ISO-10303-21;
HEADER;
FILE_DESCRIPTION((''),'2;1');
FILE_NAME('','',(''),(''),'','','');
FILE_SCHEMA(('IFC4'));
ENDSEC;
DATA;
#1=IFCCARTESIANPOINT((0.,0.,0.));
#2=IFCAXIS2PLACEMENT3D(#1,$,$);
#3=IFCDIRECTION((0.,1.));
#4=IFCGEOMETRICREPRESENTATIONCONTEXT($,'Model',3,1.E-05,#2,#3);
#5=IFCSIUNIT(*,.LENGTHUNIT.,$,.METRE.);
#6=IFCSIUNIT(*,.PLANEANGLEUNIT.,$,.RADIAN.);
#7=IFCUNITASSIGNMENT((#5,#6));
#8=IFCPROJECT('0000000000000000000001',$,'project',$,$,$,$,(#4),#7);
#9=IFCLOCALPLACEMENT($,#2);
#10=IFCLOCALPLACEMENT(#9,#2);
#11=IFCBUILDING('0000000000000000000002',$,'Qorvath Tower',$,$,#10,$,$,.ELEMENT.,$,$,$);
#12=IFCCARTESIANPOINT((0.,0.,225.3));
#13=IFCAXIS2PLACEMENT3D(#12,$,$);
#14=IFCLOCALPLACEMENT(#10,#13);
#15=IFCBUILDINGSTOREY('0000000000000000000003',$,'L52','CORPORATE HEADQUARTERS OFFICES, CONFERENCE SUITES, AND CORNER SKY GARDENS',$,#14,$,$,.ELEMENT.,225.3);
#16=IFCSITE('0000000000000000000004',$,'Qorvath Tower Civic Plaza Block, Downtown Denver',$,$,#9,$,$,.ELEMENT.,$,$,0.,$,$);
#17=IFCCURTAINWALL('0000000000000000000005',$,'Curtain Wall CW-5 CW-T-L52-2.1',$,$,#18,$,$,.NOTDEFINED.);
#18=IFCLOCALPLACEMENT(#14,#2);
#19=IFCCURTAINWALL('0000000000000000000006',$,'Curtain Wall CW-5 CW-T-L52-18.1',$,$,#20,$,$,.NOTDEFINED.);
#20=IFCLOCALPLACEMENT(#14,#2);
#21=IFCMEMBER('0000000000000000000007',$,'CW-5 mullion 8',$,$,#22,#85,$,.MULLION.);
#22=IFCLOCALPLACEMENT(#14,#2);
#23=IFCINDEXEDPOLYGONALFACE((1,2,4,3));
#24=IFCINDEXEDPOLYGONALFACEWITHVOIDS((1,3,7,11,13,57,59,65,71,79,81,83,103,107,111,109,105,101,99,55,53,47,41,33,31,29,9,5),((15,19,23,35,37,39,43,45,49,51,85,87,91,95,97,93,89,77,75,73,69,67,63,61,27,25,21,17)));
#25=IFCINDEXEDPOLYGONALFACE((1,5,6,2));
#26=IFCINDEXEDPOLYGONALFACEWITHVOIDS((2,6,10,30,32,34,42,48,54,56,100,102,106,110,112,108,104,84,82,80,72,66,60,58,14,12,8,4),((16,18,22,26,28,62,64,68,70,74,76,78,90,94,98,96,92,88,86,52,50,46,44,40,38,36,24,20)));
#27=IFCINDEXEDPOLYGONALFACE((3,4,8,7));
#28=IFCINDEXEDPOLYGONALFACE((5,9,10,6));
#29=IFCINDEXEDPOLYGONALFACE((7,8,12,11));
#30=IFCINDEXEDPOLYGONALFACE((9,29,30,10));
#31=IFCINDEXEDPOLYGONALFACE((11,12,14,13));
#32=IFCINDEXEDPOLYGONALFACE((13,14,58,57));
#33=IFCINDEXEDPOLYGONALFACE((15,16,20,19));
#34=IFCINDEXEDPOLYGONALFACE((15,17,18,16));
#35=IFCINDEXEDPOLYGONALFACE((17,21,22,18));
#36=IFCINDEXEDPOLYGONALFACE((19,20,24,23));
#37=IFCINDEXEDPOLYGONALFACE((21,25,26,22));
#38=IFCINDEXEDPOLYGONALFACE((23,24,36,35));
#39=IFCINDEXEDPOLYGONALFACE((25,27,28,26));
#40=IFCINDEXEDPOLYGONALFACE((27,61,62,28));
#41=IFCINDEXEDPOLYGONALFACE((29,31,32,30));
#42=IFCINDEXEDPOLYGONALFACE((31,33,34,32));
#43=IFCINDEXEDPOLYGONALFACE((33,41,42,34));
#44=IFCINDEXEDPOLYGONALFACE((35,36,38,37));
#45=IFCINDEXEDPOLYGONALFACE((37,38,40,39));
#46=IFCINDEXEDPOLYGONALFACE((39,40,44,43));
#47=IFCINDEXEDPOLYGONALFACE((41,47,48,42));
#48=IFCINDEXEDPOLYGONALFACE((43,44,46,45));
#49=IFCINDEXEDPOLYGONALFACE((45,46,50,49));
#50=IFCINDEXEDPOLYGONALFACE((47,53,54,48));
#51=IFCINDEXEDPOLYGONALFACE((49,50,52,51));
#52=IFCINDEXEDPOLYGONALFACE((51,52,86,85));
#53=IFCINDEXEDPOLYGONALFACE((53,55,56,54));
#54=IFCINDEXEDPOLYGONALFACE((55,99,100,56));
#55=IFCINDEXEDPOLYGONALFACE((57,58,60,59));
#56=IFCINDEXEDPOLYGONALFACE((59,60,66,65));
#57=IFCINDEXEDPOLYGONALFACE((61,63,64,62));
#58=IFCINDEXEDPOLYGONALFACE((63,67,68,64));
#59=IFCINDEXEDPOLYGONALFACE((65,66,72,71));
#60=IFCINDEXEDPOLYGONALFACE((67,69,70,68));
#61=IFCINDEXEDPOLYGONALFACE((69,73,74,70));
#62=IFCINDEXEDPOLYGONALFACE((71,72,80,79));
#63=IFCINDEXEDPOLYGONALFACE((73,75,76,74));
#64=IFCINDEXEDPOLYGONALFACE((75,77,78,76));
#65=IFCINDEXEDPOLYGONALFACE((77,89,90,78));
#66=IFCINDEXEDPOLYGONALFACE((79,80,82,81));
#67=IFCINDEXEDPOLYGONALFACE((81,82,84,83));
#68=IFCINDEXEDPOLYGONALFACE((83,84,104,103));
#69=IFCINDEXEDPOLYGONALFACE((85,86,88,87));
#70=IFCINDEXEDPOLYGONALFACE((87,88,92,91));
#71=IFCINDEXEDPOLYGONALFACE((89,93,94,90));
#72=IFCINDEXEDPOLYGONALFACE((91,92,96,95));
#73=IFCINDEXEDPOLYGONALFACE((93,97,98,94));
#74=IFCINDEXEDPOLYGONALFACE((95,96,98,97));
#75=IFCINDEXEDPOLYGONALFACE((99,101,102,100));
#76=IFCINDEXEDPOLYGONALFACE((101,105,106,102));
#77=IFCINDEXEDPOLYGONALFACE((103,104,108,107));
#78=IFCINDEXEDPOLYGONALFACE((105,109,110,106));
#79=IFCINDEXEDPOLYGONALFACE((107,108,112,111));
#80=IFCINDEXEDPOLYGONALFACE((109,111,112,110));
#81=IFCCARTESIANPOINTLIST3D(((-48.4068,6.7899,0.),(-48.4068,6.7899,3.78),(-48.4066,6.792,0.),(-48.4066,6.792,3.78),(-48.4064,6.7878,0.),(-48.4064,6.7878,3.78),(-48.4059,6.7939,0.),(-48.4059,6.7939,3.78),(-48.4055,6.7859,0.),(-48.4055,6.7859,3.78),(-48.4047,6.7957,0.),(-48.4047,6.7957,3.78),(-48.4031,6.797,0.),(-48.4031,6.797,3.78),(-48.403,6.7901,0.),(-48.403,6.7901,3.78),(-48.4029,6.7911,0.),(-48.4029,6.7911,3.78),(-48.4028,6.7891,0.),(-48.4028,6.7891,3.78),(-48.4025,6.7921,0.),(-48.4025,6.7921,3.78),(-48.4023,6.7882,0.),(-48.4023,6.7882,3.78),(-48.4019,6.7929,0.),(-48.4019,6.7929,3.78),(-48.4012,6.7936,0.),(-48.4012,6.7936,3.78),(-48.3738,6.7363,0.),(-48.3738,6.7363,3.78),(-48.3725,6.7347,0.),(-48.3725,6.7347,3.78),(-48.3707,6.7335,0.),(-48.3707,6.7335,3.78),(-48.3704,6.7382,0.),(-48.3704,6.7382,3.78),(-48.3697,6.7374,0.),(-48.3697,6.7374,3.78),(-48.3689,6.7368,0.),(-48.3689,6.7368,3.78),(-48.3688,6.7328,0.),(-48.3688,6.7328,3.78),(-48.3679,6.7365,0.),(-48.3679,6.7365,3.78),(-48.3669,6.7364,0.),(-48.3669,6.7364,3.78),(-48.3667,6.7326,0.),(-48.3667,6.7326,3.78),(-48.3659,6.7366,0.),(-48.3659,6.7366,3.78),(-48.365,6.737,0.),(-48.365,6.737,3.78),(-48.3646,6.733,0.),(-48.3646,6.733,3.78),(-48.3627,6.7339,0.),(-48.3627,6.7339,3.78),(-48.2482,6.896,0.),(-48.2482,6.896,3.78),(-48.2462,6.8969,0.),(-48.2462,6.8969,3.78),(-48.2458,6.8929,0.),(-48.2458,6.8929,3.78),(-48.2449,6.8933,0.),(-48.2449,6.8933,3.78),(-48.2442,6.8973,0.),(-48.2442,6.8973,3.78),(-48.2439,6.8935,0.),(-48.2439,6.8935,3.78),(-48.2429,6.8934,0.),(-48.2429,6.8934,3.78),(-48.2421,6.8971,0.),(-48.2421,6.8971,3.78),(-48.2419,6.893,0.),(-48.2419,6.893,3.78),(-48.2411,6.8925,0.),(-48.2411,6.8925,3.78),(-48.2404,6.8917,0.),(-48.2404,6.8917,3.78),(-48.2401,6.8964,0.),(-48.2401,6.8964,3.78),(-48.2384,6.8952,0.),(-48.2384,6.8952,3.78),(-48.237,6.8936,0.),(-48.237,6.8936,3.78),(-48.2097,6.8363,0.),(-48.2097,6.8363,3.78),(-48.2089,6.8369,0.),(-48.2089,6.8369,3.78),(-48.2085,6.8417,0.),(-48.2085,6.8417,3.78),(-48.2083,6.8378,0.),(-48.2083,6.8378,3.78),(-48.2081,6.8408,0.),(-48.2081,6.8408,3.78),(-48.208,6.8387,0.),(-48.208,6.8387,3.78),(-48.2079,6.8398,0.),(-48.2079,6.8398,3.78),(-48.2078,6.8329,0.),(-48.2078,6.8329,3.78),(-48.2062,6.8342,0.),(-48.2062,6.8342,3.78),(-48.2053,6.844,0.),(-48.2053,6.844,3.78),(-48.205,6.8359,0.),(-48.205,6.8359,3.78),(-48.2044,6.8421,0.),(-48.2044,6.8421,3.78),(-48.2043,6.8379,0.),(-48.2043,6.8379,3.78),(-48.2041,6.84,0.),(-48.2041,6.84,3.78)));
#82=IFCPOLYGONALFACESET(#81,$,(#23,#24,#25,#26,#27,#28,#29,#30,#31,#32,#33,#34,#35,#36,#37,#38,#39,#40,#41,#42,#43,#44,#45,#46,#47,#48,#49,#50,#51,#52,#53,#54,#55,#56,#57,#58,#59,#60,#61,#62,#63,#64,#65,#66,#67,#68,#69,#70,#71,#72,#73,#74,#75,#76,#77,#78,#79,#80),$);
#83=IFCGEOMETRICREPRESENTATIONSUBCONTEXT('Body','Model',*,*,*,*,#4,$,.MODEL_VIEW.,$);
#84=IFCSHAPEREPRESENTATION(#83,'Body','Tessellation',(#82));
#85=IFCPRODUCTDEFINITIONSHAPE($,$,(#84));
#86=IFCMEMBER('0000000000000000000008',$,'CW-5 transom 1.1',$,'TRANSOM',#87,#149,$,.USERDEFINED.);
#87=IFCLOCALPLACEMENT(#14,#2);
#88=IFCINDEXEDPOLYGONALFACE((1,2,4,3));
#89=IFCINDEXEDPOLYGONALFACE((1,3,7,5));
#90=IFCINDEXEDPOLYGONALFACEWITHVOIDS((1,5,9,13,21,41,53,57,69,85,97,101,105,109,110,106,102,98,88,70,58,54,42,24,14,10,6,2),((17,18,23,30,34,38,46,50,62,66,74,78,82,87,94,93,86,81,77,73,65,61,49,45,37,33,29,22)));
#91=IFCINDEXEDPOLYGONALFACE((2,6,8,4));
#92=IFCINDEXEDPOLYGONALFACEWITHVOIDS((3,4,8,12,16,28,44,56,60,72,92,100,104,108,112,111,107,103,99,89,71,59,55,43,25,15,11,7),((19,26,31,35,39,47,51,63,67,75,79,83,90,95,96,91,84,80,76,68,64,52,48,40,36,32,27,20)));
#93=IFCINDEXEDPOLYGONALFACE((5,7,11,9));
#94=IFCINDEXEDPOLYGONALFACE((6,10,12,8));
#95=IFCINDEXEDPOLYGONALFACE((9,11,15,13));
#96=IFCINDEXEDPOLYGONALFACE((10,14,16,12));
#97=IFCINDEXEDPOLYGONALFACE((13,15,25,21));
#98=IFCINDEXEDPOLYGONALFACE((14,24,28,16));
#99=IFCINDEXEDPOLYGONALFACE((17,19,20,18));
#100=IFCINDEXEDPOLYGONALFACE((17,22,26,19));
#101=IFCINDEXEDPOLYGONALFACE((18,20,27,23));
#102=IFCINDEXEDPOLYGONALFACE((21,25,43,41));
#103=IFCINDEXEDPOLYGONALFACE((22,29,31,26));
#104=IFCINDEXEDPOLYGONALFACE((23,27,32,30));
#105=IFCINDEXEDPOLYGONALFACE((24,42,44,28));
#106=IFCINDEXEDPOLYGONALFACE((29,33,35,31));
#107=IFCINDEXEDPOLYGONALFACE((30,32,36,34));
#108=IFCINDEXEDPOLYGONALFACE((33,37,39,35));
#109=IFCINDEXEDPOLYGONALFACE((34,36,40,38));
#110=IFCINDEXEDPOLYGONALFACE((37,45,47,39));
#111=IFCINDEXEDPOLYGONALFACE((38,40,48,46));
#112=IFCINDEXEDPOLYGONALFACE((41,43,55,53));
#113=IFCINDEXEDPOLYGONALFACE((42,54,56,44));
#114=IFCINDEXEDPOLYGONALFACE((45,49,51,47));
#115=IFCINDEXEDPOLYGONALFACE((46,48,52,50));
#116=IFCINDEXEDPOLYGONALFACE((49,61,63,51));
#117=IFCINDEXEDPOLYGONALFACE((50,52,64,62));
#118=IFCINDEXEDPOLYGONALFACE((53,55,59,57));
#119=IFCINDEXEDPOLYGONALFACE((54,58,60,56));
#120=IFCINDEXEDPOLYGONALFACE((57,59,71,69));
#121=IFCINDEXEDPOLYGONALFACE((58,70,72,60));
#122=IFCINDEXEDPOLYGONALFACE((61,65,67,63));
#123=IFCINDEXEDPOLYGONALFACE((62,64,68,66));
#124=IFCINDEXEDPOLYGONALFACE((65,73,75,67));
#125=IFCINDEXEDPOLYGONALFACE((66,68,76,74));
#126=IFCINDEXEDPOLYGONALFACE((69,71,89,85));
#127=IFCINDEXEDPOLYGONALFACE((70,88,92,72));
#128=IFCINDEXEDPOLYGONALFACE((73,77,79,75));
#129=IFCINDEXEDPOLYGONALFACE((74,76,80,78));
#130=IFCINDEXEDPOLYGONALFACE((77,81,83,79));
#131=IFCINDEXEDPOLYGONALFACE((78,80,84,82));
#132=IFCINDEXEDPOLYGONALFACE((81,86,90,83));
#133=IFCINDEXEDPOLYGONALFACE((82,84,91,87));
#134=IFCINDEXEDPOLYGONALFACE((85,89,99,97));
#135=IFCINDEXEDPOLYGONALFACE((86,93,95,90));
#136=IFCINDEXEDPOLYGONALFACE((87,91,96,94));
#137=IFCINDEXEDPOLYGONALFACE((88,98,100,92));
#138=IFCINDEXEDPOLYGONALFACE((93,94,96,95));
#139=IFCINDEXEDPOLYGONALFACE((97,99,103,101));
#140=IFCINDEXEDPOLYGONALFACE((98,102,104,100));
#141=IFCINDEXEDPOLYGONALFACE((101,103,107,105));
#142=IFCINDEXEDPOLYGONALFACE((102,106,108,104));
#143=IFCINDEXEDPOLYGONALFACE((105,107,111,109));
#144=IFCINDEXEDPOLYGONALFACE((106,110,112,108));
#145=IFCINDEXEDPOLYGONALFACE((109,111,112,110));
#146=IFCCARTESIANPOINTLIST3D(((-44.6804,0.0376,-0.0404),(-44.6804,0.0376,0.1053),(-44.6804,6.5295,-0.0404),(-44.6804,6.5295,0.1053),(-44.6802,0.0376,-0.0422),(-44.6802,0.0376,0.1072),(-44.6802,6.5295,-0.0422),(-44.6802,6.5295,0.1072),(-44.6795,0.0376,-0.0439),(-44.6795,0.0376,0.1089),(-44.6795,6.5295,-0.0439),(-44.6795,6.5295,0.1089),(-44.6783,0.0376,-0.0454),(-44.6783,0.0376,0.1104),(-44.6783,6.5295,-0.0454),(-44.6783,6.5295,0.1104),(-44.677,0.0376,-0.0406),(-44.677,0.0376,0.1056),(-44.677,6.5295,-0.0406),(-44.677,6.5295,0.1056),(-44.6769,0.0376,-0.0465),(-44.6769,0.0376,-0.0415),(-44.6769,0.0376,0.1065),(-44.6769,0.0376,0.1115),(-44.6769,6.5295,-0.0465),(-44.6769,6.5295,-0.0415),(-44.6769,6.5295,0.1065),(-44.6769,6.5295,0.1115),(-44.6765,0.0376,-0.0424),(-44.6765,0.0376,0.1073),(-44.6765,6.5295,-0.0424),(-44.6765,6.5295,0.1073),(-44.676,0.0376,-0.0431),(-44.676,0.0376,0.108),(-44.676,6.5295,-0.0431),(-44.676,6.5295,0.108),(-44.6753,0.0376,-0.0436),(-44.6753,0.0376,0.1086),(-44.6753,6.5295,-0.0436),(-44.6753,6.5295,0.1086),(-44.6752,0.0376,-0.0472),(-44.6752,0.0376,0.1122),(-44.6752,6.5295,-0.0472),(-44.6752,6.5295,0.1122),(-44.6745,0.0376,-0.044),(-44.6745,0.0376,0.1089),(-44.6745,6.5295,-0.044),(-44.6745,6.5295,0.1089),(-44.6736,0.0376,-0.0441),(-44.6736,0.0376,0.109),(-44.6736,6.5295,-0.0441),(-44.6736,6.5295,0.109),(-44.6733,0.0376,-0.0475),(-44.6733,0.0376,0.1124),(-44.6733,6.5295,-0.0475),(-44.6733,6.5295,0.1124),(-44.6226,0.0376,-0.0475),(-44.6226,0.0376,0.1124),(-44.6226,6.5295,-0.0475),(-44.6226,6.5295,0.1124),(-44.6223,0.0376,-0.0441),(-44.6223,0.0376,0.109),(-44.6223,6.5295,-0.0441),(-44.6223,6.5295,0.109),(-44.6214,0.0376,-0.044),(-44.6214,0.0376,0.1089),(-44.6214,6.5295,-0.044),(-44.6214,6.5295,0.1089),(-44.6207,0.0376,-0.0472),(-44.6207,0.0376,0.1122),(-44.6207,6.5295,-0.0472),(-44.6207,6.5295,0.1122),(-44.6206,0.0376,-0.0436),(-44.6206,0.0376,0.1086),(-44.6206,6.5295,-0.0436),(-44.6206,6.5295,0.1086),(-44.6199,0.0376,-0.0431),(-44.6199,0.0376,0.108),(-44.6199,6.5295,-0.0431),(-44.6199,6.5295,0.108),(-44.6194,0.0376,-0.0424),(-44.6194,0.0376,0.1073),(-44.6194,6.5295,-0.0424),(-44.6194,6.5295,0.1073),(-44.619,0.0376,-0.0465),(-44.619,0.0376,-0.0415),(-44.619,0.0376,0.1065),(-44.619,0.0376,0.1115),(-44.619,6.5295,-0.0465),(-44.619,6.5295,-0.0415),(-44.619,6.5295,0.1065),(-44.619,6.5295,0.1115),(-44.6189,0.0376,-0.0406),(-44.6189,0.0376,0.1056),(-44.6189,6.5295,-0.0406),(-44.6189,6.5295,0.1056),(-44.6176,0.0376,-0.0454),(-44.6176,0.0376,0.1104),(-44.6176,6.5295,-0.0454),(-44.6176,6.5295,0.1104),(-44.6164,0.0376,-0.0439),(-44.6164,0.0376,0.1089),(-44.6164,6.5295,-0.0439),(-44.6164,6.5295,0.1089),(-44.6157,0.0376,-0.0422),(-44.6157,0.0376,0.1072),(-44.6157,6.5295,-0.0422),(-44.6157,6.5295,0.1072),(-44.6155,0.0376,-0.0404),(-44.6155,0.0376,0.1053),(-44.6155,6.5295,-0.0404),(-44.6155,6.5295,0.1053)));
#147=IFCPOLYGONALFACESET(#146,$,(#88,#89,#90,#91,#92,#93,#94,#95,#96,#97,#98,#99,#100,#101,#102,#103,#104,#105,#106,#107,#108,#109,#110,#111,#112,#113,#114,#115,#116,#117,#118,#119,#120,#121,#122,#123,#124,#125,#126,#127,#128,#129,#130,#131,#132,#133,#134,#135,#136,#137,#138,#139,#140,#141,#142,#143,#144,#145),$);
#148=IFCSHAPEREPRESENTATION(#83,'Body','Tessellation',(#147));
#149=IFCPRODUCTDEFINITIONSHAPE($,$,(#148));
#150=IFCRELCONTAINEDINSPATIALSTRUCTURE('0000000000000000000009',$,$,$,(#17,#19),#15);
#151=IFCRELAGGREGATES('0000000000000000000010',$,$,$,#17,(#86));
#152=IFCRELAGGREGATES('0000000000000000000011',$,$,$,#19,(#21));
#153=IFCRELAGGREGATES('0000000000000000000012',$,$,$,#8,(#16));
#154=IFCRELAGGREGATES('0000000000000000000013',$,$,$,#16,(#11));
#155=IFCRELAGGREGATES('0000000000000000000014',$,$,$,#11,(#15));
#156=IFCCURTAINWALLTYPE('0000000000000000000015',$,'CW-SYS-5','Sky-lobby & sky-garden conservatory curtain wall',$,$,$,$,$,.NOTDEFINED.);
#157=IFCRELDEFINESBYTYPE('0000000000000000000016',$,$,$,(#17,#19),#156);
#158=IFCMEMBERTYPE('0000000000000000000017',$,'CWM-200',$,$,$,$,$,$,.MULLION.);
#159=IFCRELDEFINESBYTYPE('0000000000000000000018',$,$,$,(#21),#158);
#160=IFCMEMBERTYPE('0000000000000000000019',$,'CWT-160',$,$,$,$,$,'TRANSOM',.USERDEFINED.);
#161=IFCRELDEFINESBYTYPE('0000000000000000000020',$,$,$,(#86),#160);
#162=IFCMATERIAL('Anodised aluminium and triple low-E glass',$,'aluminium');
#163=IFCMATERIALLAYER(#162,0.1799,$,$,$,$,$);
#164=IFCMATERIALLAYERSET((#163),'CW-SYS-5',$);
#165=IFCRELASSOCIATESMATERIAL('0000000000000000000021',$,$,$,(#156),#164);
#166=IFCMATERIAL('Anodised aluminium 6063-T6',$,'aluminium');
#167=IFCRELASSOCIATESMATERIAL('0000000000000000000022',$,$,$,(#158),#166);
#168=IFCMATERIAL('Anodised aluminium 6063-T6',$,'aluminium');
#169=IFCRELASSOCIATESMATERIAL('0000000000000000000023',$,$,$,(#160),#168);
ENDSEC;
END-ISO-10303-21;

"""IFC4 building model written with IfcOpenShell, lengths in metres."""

from ifc_helpers import new_model, si_unit, direction, frame, origin, origin_2d, place, context, subcontext, project, spatial, hollow_rectangle, extrude, material, layer, layer_set, material_profile, profile_set, type_object, element, aggregate, save


model = new_model("IFC4")

# Units and contexts
model_context = context("Model", 3, precision=1e-05, world=origin(), true_north=direction((0.0, 1.0)))
body_context = subcontext(model_context, "Body", "Model", "MODEL_VIEW")
ifc_project = project(units=[si_unit("LENGTHUNIT", "METRE"), si_unit("PLANEANGLEUNIT", "RADIAN")], contexts=[model_context])

# Site, building, storey
site_placement = place(None, origin())
site = spatial("IfcSite", under=ifc_project, at=site_placement, Name="Qorvath Tower Civic Plaza Block, Downtown Denver", CompositionType="ELEMENT", RefElevation=0.0)
building_placement = place(site_placement, origin())
building = spatial("IfcBuilding", under=site, at=building_placement, Name="Qorvath Tower", CompositionType="ELEMENT")
storey_placement = place(building_placement, frame((0.0, 0.0, 225.3)))
storey = spatial("IfcBuildingStorey", under=building, at=storey_placement, Name="L52", Description="CORPORATE HEADQUARTERS OFFICES, CONFERENCE SUITES, AND CORNER SKY GARDENS", CompositionType="ELEMENT", Elevation=225.3)

# Curtain walls, member
ifc_material_1 = material(Name="Anodised aluminium and triple low-E glass", Category="aluminium")
ifc_layer_1 = layer(ifc_material_1, 0.1799)
ifc_layer_set_1 = layer_set([ifc_layer_1], Name="CW-SYS-5")
curtain_wall_type = type_object("IfcCurtainWallType", Name="CW-SYS-5", Description="Sky-lobby & sky-garden conservatory curtain wall", PredefinedType="NOTDEFINED", material=ifc_layer_set_1)
curtain_wall_1_placement = place(storey_placement, origin())
curtain_wall_1 = element("IfcCurtainWall", 1, at=curtain_wall_1_placement, inside=storey, type_object=curtain_wall_type, Name="Curtain Wall CW-5 CW-T-L52-2.1", PredefinedType="NOTDEFINED")
ifc_material_2 = material(Name="Anodised aluminium 6063-T6", Category="aluminium")
ifc_material_profile_1 = material_profile(ifc_material_2, hollow_rectangle(XDim=0.075, YDim=0.2, WallThickness=0.0039, InnerFilletRadius=0.0039, OuterFilletRadius=0.0081, at=origin_2d()), Name="CWM 200x75")
ifc_profile_set_1 = profile_set([ifc_material_profile_1], Name="Anodised aluminium 6063-T6")
member_type_1 = type_object("IfcMemberType", Name="CWM-200", PredefinedType="MULLION", material=ifc_profile_set_1)
curtain_wall_2_placement = place(storey_placement, origin())
curtain_wall_2 = element("IfcCurtainWall", 2, at=curtain_wall_2_placement, inside=storey, type_object=curtain_wall_type, Name="Curtain Wall CW-5 CW-T-L52-18.1", PredefinedType="NOTDEFINED")
member_1_placement = place(storey_placement, frame((-48.3054, 6.8149, 0.0), z_axis=(0.0, 0.0, 1.0), x_axis=(0.538531, -0.842606, 0.0)))
member_1 = element("IfcMember", 3, at=member_1_placement, type_object=member_type_1, Name="CW-5 mullion 8", PredefinedType="MULLION", context=body_context, shape_type="SweptSolid", body=[
    extrude(hollow_rectangle(XDim=0.075, YDim=0.2, WallThickness=0.0039, InnerFilletRadius=0.0039, OuterFilletRadius=0.0081, at=origin_2d()), origin(), (0.0, 0.0, 1.0), 3.78),
])

# Member
ifc_material_3 = material(Name="Anodised aluminium 6063-T6", Category="aluminium")
ifc_material_profile_2 = material_profile(ifc_material_3, hollow_rectangle(XDim=0.0649, YDim=0.1599, WallThickness=0.0034, InnerFilletRadius=0.0034, OuterFilletRadius=0.0071, at=origin_2d()), Name="CWT 160x65")
ifc_profile_set_2 = profile_set([ifc_material_profile_2], Name="Anodised aluminium 6063-T6")
member_type_2 = type_object("IfcMemberType", Name="CWT-160", ElementType="TRANSOM", PredefinedType="USERDEFINED", material=ifc_profile_set_2)
member_2_placement = place(storey_placement, frame((-44.6479, 6.5295, 0.0325), z_axis=(0.0, -1.0, 0.0), x_axis=(1.0, 0.0, 0.0)))
member_2 = element("IfcMember", 4, at=member_2_placement, type_object=member_type_2, Name="CW-5 transom 1.1", ObjectType="TRANSOM", PredefinedType="USERDEFINED", context=body_context, shape_type="SweptSolid", body=[
    extrude(hollow_rectangle(XDim=0.0649, YDim=0.1599, WallThickness=0.0034, InnerFilletRadius=0.0034, OuterFilletRadius=0.0071, at=origin_2d()), origin(), (0.0, 0.0, 1.0), 6.4919),
])

aggregate(curtain_wall_1, [member_2])
aggregate(curtain_wall_2, [member_1])

save(model, "model.ifc")
